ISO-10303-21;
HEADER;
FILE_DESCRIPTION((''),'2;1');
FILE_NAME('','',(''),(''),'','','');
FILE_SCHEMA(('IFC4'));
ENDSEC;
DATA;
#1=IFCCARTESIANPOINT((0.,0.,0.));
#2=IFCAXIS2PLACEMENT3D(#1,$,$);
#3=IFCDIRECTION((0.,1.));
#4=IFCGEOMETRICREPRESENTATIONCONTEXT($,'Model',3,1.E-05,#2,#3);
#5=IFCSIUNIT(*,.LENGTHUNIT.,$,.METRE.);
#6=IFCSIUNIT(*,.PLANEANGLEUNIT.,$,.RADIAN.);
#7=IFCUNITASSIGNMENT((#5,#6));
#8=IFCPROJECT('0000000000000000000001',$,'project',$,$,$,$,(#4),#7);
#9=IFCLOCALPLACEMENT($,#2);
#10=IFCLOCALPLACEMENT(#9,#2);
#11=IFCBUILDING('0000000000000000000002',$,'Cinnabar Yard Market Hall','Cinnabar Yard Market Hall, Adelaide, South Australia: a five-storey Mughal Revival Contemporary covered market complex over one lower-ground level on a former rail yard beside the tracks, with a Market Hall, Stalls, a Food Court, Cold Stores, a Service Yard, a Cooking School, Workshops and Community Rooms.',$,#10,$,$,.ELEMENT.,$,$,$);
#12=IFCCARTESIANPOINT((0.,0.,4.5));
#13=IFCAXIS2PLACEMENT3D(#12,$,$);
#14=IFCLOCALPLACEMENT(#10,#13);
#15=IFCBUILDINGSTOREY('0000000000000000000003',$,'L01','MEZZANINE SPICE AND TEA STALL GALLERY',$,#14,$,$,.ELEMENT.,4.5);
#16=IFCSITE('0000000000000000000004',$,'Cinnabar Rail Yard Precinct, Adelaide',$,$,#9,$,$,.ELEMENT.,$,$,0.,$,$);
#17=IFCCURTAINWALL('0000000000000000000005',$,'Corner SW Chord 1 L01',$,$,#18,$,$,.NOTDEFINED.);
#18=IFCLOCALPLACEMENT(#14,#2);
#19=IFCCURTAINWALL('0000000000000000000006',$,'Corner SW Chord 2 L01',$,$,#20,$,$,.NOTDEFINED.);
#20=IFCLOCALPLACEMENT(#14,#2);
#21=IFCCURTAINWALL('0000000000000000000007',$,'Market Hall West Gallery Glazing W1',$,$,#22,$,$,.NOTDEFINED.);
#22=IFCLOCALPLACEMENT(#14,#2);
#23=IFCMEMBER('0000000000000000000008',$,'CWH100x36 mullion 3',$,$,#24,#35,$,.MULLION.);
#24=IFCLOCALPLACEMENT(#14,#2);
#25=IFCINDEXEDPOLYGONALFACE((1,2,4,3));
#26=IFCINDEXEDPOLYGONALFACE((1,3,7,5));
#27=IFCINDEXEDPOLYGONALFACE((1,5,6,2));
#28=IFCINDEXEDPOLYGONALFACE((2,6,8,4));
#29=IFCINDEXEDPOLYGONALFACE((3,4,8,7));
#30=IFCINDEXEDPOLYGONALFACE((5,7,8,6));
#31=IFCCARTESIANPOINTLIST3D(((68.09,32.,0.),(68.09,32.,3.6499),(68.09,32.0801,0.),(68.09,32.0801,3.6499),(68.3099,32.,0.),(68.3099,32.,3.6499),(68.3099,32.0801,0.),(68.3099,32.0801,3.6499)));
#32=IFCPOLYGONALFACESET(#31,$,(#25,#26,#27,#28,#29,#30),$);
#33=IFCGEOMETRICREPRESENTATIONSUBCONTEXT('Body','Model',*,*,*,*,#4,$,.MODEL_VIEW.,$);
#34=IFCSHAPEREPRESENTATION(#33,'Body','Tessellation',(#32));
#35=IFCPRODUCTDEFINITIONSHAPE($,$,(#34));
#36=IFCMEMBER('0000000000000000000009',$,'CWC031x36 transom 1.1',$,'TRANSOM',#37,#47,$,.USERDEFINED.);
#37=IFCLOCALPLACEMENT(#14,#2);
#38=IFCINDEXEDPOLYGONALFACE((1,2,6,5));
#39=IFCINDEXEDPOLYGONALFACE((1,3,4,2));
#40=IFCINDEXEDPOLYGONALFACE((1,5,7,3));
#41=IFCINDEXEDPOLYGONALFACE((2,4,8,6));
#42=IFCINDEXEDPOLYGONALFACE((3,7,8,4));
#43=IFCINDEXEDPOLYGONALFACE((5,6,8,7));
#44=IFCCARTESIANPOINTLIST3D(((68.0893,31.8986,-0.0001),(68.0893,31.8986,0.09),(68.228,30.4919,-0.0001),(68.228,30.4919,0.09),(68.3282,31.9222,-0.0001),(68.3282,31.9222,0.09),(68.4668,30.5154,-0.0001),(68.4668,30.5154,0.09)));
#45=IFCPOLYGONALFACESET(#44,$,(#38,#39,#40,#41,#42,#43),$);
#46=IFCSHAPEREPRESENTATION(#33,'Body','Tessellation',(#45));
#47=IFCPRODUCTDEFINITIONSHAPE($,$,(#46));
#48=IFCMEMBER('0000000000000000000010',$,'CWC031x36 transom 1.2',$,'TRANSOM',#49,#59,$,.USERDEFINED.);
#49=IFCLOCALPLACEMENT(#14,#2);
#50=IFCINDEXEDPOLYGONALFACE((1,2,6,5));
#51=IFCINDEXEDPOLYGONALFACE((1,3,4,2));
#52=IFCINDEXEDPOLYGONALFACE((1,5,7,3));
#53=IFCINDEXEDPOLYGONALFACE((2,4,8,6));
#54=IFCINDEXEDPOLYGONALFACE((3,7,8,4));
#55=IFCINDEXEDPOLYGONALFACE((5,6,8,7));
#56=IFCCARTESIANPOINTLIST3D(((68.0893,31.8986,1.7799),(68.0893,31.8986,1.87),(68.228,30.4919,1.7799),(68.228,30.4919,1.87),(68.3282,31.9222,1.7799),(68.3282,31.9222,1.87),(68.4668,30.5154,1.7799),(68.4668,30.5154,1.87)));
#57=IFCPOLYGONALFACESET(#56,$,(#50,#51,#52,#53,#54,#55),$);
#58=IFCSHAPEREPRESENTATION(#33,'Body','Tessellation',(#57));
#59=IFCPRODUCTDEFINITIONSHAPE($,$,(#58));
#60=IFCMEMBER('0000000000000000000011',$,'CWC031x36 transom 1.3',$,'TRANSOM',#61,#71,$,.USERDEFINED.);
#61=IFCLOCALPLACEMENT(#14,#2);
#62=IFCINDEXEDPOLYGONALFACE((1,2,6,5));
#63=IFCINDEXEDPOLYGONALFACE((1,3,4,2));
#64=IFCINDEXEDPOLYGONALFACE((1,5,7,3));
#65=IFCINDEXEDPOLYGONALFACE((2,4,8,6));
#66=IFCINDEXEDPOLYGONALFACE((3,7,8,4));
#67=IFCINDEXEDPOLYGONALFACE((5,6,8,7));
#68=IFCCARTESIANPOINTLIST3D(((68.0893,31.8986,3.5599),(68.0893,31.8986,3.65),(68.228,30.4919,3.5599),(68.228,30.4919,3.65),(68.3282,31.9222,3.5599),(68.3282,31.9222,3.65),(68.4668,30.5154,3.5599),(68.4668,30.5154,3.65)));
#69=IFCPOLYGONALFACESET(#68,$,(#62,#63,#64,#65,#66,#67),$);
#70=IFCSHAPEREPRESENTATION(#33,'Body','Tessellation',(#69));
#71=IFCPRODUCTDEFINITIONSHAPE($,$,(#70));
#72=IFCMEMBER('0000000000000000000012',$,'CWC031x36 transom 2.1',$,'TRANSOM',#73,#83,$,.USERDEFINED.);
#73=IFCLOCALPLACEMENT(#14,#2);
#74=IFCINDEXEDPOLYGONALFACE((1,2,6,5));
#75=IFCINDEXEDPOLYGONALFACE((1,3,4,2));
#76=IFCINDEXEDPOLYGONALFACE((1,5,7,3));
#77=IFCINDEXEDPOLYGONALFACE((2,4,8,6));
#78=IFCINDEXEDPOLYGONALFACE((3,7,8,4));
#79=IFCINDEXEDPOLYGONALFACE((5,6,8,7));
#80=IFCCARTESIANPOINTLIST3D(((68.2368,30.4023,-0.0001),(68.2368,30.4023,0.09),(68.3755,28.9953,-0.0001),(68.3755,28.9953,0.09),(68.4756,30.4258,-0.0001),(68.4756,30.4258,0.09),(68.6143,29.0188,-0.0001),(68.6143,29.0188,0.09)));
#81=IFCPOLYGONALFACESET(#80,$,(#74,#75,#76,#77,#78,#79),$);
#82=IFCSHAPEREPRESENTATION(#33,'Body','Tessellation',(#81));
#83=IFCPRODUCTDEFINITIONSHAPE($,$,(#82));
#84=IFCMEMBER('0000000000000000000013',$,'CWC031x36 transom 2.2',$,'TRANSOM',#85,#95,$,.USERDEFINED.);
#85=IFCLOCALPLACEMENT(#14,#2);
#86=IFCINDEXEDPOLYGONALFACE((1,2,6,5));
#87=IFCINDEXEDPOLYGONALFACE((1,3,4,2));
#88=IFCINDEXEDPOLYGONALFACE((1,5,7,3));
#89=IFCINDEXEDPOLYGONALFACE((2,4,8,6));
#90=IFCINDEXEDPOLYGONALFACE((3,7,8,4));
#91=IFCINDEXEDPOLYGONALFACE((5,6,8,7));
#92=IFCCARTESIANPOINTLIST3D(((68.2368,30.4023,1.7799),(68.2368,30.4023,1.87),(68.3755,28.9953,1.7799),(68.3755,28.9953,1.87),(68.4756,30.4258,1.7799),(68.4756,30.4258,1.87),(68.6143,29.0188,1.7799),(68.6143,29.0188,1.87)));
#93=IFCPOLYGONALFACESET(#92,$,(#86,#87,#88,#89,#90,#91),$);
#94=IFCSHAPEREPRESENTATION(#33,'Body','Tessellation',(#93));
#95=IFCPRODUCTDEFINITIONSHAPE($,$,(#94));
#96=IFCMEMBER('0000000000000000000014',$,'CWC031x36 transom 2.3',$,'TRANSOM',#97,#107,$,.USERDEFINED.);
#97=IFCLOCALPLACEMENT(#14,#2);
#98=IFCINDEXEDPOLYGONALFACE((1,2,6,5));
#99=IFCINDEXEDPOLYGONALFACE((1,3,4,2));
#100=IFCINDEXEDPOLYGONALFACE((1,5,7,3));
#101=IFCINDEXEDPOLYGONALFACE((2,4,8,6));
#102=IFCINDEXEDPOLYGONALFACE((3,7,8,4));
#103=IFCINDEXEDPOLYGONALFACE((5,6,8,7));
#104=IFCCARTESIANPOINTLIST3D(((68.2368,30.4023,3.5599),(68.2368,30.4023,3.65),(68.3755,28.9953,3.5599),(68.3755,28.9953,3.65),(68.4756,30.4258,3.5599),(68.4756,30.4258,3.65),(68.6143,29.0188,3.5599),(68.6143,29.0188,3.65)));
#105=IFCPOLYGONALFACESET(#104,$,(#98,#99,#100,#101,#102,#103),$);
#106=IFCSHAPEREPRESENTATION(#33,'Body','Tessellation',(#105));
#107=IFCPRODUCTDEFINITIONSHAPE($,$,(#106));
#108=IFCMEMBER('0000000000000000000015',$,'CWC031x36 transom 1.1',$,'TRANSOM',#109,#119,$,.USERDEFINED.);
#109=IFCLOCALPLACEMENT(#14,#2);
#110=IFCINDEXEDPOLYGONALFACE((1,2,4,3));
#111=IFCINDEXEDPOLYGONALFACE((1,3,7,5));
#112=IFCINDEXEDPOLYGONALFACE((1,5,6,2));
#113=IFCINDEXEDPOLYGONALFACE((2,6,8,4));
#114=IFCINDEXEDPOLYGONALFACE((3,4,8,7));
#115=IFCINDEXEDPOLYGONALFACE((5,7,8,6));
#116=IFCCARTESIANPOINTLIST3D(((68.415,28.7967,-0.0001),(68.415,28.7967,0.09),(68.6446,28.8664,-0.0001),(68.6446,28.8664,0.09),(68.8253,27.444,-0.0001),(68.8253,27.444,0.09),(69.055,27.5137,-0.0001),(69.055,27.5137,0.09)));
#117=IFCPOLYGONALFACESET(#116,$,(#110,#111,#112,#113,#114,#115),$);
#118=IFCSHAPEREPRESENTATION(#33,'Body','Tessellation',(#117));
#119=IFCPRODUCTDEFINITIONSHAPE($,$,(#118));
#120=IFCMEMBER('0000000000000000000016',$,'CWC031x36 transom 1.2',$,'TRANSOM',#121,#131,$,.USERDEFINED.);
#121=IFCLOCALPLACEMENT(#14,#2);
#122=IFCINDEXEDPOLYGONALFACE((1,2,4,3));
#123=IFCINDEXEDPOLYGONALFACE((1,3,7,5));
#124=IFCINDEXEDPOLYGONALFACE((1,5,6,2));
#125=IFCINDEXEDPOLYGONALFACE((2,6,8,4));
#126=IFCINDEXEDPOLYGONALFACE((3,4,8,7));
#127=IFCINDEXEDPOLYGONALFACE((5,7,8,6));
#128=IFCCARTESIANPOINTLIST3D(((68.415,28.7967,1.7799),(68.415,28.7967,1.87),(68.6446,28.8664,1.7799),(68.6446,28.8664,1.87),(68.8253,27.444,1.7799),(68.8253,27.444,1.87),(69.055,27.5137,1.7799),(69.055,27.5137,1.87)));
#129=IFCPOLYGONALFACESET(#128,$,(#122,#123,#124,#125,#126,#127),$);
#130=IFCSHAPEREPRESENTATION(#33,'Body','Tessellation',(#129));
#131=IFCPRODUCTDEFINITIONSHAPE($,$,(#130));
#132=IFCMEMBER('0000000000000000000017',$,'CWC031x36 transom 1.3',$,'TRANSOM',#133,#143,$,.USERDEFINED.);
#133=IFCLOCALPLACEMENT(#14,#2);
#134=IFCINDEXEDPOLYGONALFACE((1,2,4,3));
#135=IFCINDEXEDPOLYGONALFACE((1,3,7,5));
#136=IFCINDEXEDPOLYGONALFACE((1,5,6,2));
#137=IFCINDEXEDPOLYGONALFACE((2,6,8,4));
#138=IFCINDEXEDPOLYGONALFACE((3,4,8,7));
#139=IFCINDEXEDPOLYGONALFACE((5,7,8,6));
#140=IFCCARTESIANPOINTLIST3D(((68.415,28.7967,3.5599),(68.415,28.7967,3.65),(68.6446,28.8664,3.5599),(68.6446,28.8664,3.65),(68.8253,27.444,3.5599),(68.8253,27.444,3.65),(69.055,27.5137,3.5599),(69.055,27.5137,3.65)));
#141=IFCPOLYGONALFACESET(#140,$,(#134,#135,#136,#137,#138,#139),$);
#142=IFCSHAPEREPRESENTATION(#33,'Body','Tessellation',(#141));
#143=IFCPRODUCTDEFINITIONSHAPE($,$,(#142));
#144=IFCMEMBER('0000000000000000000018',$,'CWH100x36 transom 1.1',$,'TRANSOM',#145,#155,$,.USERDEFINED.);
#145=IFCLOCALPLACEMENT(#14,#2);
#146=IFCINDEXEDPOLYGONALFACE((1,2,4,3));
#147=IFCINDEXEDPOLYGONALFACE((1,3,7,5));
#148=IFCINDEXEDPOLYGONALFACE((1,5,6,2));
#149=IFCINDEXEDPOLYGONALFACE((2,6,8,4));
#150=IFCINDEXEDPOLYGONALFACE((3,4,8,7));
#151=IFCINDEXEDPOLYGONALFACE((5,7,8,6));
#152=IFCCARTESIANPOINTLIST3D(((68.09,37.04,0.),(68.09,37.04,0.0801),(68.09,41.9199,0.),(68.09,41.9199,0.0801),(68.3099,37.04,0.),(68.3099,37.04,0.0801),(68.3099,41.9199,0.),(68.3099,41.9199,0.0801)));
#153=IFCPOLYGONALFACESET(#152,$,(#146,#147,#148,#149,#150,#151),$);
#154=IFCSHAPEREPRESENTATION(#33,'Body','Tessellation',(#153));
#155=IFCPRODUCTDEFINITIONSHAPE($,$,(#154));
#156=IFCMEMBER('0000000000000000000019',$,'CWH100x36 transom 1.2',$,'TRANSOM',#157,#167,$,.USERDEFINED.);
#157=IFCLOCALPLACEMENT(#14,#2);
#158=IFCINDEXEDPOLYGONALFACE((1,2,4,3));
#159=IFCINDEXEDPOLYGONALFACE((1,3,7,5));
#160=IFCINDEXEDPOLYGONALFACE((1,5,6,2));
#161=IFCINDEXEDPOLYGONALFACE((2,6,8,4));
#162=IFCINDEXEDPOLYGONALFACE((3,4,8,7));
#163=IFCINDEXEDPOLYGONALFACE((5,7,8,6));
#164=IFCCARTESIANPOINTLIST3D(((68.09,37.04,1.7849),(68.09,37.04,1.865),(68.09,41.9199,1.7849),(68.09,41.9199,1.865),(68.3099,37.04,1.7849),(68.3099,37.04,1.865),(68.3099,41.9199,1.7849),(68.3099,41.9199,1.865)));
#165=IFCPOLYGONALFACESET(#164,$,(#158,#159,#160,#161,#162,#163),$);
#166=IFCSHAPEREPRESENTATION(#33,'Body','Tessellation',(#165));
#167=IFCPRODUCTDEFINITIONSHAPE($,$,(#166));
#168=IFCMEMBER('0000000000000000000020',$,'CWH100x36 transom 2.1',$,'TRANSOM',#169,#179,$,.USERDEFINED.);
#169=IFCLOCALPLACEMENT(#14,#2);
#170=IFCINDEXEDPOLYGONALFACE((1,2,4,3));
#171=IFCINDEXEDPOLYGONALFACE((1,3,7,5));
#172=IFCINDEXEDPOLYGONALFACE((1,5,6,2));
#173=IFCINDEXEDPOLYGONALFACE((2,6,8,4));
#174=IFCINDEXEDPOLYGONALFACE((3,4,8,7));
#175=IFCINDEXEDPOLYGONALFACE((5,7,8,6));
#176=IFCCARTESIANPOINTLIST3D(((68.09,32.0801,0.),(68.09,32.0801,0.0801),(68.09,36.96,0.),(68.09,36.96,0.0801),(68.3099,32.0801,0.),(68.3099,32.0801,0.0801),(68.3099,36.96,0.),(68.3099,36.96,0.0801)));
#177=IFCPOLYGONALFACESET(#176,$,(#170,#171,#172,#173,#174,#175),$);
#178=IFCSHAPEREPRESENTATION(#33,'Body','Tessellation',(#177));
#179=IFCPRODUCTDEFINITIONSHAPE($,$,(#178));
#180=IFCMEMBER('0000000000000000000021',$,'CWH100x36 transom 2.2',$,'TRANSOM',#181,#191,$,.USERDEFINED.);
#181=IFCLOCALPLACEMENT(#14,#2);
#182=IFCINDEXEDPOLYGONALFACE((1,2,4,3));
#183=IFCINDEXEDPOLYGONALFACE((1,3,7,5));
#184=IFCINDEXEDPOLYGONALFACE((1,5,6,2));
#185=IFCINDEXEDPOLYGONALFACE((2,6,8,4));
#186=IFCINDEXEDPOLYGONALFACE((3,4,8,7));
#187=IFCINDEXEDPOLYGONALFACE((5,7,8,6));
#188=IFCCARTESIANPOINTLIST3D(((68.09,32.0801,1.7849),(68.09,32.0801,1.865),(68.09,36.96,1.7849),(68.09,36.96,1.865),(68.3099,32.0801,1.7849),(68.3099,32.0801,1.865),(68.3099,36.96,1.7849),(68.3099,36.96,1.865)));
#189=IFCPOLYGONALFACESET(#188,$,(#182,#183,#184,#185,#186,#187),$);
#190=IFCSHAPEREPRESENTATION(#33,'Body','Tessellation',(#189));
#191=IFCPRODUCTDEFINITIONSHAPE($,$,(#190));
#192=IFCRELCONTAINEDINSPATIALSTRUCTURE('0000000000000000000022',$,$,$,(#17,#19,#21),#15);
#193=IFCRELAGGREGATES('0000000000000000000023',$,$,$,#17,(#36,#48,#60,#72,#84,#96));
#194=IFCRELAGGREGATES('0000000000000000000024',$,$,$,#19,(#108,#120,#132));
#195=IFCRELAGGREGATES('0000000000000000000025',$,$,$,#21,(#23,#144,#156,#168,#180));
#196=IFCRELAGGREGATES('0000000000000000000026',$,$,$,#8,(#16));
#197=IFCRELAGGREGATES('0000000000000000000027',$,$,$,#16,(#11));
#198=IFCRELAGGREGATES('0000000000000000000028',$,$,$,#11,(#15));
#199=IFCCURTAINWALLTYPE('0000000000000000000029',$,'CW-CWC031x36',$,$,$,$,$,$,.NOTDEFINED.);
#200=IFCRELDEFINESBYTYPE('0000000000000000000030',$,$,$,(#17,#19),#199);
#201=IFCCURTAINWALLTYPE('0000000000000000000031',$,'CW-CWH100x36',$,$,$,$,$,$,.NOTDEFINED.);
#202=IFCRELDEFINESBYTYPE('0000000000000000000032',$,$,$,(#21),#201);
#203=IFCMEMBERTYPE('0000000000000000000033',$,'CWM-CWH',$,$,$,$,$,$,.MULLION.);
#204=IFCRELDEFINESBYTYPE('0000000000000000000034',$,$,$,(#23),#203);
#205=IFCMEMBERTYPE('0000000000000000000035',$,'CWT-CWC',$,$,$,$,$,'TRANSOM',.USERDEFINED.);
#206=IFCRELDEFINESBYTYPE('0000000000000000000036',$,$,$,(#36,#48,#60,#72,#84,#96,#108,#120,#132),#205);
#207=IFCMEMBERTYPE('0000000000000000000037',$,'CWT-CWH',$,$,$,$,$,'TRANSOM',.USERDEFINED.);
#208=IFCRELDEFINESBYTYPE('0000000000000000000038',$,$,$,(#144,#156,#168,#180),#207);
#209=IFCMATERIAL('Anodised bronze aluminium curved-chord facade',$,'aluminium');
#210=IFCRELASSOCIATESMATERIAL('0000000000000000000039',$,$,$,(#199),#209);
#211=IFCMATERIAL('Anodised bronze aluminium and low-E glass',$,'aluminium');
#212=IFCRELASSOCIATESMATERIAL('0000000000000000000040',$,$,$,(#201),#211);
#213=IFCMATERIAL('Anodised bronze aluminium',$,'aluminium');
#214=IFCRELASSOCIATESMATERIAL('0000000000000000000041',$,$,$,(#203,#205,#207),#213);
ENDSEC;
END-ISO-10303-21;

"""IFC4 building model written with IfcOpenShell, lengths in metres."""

from ifc_helpers import new_model, si_unit, direction, frame, origin, origin_2d_with_axis, place, context, subcontext, project, spatial, rectangle, extrude, material, material_profile, profile_set, type_object, element, aggregate, save


model = new_model("IFC4")

# Units and contexts
model_context = context("Model", 3, precision=1e-05, world=origin(), true_north=direction((0.0, 1.0)))
body_context = subcontext(model_context, "Body", "Model", "MODEL_VIEW")
ifc_project = project(units=[si_unit("LENGTHUNIT", "METRE"), si_unit("PLANEANGLEUNIT", "RADIAN")], contexts=[model_context])

# Site, building, storey
site_placement = place(None, origin())
site = spatial("IfcSite", under=ifc_project, at=site_placement, Name="Cinnabar Rail Yard Precinct, Adelaide", CompositionType="ELEMENT", RefElevation=0.0)
building_placement = place(site_placement, origin())
building = spatial("IfcBuilding", under=site, at=building_placement, Name="Cinnabar Yard Market Hall", Description="Cinnabar Yard Market Hall, Adelaide, South Australia: a five-storey Mughal Revival Contemporary covered market complex over one lower-ground level on a former rail yard beside the tracks, with a Market Hall, Stalls, a Food Court, Cold Stores, a Service Yard, a Cooking School, Workshops and Community Rooms.", CompositionType="ELEMENT")
storey_placement = place(building_placement, frame((0.0, 0.0, 4.5)))
storey = spatial("IfcBuildingStorey", under=building, at=storey_placement, Name="L01", Description="MEZZANINE SPICE AND TEA STALL GALLERY", CompositionType="ELEMENT", Elevation=4.5)

# Curtain walls, member
ifc_material_1 = material(Name="Anodised bronze aluminium curved-chord facade", Category="aluminium")
curtain_wall_type_1 = type_object("IfcCurtainWallType", Name="CW-CWC031x36", PredefinedType="NOTDEFINED", material=ifc_material_1)
curtain_wall_1_placement = place(storey_placement, origin())
curtain_wall_1 = element("IfcCurtainWall", 1, at=curtain_wall_1_placement, inside=storey, type_object=curtain_wall_type_1, Name="Corner SW Chord 1 L01", PredefinedType="NOTDEFINED")
ifc_material_2 = material(Name="Anodised bronze aluminium", Category="aluminium")
curtain_wall_2_placement = place(storey_placement, origin())
curtain_wall_2 = element("IfcCurtainWall", 2, at=curtain_wall_2_placement, inside=storey, type_object=curtain_wall_type_1, Name="Corner SW Chord 2 L01", PredefinedType="NOTDEFINED")
ifc_material_3 = material(Name="Anodised bronze aluminium and low-E glass", Category="aluminium")
curtain_wall_type_2 = type_object("IfcCurtainWallType", Name="CW-CWH100x36", PredefinedType="NOTDEFINED", material=ifc_material_3)
curtain_wall_3_placement = place(storey_placement, origin())
curtain_wall_3 = element("IfcCurtainWall", 3, at=curtain_wall_3_placement, inside=storey, type_object=curtain_wall_type_2, Name="Market Hall West Gallery Glazing W1", PredefinedType="NOTDEFINED")
ifc_material_profile_1 = material_profile(ifc_material_2, rectangle(XDim=0.22, YDim=0.0801, at=origin_2d_with_axis()), Name="MUL-CWH")
ifc_profile_set_1 = profile_set([ifc_material_profile_1], Name="Anodised bronze aluminium")
member_type_1 = type_object("IfcMemberType", Name="CWM-CWH", PredefinedType="MULLION", material=ifc_profile_set_1)
member_1_placement = place(storey_placement, frame((68.2, 32.04, 0.0), z_axis=(0.0, 0.0, 1.0), x_axis=(1.0, 0.0, 0.0)))
member_1 = element("IfcMember", 4, at=member_1_placement, type_object=member_type_1, Name="CWH100x36 mullion 3", PredefinedType="MULLION", context=body_context, shape_type="SweptSolid", body=[
    extrude(rectangle(XDim=0.22, YDim=0.0801, at=origin_2d_with_axis()), origin(), (0.0, 0.0, 1.0), 3.6499),
])

# Members
ifc_material_profile_2 = material_profile(ifc_material_2, rectangle(XDim=0.24, YDim=0.0901, at=origin_2d_with_axis()), Name="TRN-CWC")
ifc_profile_set_2 = profile_set([ifc_material_profile_2], Name="Anodised bronze aluminium")
member_type_2 = type_object("IfcMemberType", Name="CWT-CWC", ElementType="TRANSOM", PredefinedType="USERDEFINED", material=ifc_profile_set_2)
member_2_placement = place(storey_placement, frame((68.2087, 31.9104, 0.0449), z_axis=(0.098101, -0.995176, 0.0), x_axis=(0.995176, 0.098101, 0.0)))
member_2 = element("IfcMember", 5, at=member_2_placement, type_object=member_type_2, Name="CWC031x36 transom 1.1", ObjectType="TRANSOM", PredefinedType="USERDEFINED", context=body_context, shape_type="SweptSolid", body=[
    extrude(rectangle(XDim=0.24, YDim=0.0901, at=origin_2d_with_axis()), origin(), (0.0, 0.0, 1.0), 1.4136),
])
member_3_placement = place(storey_placement, frame((68.2087, 31.9104, 1.825), z_axis=(0.098101, -0.995176, 0.0), x_axis=(0.995176, 0.098101, 0.0)))
member_3 = element("IfcMember", 6, at=member_3_placement, type_object=member_type_2, Name="CWC031x36 transom 1.2", ObjectType="TRANSOM", PredefinedType="USERDEFINED", context=body_context, shape_type="SweptSolid", body=[
    extrude(rectangle(XDim=0.24, YDim=0.0901, at=origin_2d_with_axis()), origin(), (0.0, 0.0, 1.0), 1.4136),
])
member_4_placement = place(storey_placement, frame((68.2087, 31.9104, 3.605), z_axis=(0.098101, -0.995176, 0.0), x_axis=(0.995176, 0.098101, 0.0)))
member_4 = element("IfcMember", 7, at=member_4_placement, type_object=member_type_2, Name="CWC031x36 transom 1.3", ObjectType="TRANSOM", PredefinedType="USERDEFINED", context=body_context, shape_type="SweptSolid", body=[
    extrude(rectangle(XDim=0.24, YDim=0.0901, at=origin_2d_with_axis()), origin(), (0.0, 0.0, 1.0), 1.4136),
])
member_5_placement = place(storey_placement, frame((68.3562, 30.4141, 0.0449), z_axis=(0.098085, -0.995178, 0.0), x_axis=(0.995178, 0.098085, 0.0)))
member_5 = element("IfcMember", 8, at=member_5_placement, type_object=member_type_2, Name="CWC031x36 transom 2.1", ObjectType="TRANSOM", PredefinedType="USERDEFINED", context=body_context, shape_type="SweptSolid", body=[
    extrude(rectangle(XDim=0.24, YDim=0.0901, at=origin_2d_with_axis()), origin(), (0.0, 0.0, 1.0), 1.4138),
])
member_6_placement = place(storey_placement, frame((68.3562, 30.4141, 1.825), z_axis=(0.098085, -0.995178, 0.0), x_axis=(0.995178, 0.098085, 0.0)))
member_6 = element("IfcMember", 9, at=member_6_placement, type_object=member_type_2, Name="CWC031x36 transom 2.2", ObjectType="TRANSOM", PredefinedType="USERDEFINED", context=body_context, shape_type="SweptSolid", body=[
    extrude(rectangle(XDim=0.24, YDim=0.0901, at=origin_2d_with_axis()), origin(), (0.0, 0.0, 1.0), 1.4138),
])
member_7_placement = place(storey_placement, frame((68.3562, 30.4141, 3.605), z_axis=(0.098085, -0.995178, 0.0), x_axis=(0.995178, 0.098085, 0.0)))
member_7 = element("IfcMember", 10, at=member_7_placement, type_object=member_type_2, Name="CWC031x36 transom 2.3", ObjectType="TRANSOM", PredefinedType="USERDEFINED", context=body_context, shape_type="SweptSolid", body=[
    extrude(rectangle(XDim=0.24, YDim=0.0901, at=origin_2d_with_axis()), origin(), (0.0, 0.0, 1.0), 1.4138),
])
member_8_placement = place(storey_placement, frame((68.5298, 28.8315, 0.0449), z_axis=(0.290309, -0.956933, 0.0), x_axis=(0.956933, 0.290309, 0.0)))
member_8 = element("IfcMember", 11, at=member_8_placement, type_object=member_type_2, Name="CWC031x36 transom 1.1", ObjectType="TRANSOM", PredefinedType="USERDEFINED", context=body_context, shape_type="SweptSolid", body=[
    extrude(rectangle(XDim=0.24, YDim=0.0901, at=origin_2d_with_axis()), origin(), (0.0, 0.0, 1.0), 1.4136),
])
member_9_placement = place(storey_placement, frame((68.5298, 28.8315, 1.825), z_axis=(0.290309, -0.956933, 0.0), x_axis=(0.956933, 0.290309, 0.0)))
member_9 = element("IfcMember", 12, at=member_9_placement, type_object=member_type_2, Name="CWC031x36 transom 1.2", ObjectType="TRANSOM", PredefinedType="USERDEFINED", context=body_context, shape_type="SweptSolid", body=[
    extrude(rectangle(XDim=0.24, YDim=0.0901, at=origin_2d_with_axis()), origin(), (0.0, 0.0, 1.0), 1.4136),
])
member_10_placement = place(storey_placement, frame((68.5298, 28.8315, 3.605), z_axis=(0.290309, -0.956933, 0.0), x_axis=(0.956933, 0.290309, 0.0)))
member_10 = element("IfcMember", 13, at=member_10_placement, type_object=member_type_2, Name="CWC031x36 transom 1.3", ObjectType="TRANSOM", PredefinedType="USERDEFINED", context=body_context, shape_type="SweptSolid", body=[
    extrude(rectangle(XDim=0.24, YDim=0.0901, at=origin_2d_with_axis()), origin(), (0.0, 0.0, 1.0), 1.4136),
])
ifc_material_profile_3 = material_profile(ifc_material_2, rectangle(XDim=0.22, YDim=0.0801, at=origin_2d_with_axis()), Name="TRN-CWH")
ifc_profile_set_3 = profile_set([ifc_material_profile_3], Name="Anodised bronze aluminium")
member_type_3 = type_object("IfcMemberType", Name="CWT-CWH", ElementType="TRANSOM", PredefinedType="USERDEFINED", material=ifc_profile_set_3)
member_11_placement = place(storey_placement, frame((68.2, 41.9199, 0.04), z_axis=(0.0, -1.0, 0.0), x_axis=(1.0, 0.0, 0.0)))
member_11 = element("IfcMember", 14, at=member_11_placement, type_object=member_type_3, Name="CWH100x36 transom 1.1", ObjectType="TRANSOM", PredefinedType="USERDEFINED", context=body_context, shape_type="SweptSolid", body=[
    extrude(rectangle(XDim=0.22, YDim=0.0801, at=origin_2d_with_axis()), origin(), (0.0, 0.0, 1.0), 4.8799),
])
member_12_placement = place(storey_placement, frame((68.2, 41.9199, 1.825), z_axis=(0.0, -1.0, 0.0), x_axis=(1.0, 0.0, 0.0)))
member_12 = element("IfcMember", 15, at=member_12_placement, type_object=member_type_3, Name="CWH100x36 transom 1.2", ObjectType="TRANSOM", PredefinedType="USERDEFINED", context=body_context, shape_type="SweptSolid", body=[
    extrude(rectangle(XDim=0.22, YDim=0.0801, at=origin_2d_with_axis()), origin(), (0.0, 0.0, 1.0), 4.8799),
])
member_13_placement = place(storey_placement, frame((68.2, 36.96, 0.04), z_axis=(0.0, -1.0, 0.0), x_axis=(1.0, 0.0, 0.0)))
member_13 = element("IfcMember", 16, at=member_13_placement, type_object=member_type_3, Name="CWH100x36 transom 2.1", ObjectType="TRANSOM", PredefinedType="USERDEFINED", context=body_context, shape_type="SweptSolid", body=[
    extrude(rectangle(XDim=0.22, YDim=0.0801, at=origin_2d_with_axis()), origin(), (0.0, 0.0, 1.0), 4.8799),
])
member_14_placement = place(storey_placement, frame((68.2, 36.96, 1.825), z_axis=(0.0, -1.0, 0.0), x_axis=(1.0, 0.0, 0.0)))
member_14 = element("IfcMember", 17, at=member_14_placement, type_object=member_type_3, Name="CWH100x36 transom 2.2", ObjectType="TRANSOM", PredefinedType="USERDEFINED", context=body_context, shape_type="SweptSolid", body=[
    extrude(rectangle(XDim=0.22, YDim=0.0801, at=origin_2d_with_axis()), origin(), (0.0, 0.0, 1.0), 4.8799),
])

aggregate(curtain_wall_1, [member_2, member_3, member_4, member_5, member_6, member_7])
aggregate(curtain_wall_2, [member_8, member_9, member_10])
aggregate(curtain_wall_3, [member_1, member_11, member_12, member_13, member_14])

save(model, "model.ifc")
